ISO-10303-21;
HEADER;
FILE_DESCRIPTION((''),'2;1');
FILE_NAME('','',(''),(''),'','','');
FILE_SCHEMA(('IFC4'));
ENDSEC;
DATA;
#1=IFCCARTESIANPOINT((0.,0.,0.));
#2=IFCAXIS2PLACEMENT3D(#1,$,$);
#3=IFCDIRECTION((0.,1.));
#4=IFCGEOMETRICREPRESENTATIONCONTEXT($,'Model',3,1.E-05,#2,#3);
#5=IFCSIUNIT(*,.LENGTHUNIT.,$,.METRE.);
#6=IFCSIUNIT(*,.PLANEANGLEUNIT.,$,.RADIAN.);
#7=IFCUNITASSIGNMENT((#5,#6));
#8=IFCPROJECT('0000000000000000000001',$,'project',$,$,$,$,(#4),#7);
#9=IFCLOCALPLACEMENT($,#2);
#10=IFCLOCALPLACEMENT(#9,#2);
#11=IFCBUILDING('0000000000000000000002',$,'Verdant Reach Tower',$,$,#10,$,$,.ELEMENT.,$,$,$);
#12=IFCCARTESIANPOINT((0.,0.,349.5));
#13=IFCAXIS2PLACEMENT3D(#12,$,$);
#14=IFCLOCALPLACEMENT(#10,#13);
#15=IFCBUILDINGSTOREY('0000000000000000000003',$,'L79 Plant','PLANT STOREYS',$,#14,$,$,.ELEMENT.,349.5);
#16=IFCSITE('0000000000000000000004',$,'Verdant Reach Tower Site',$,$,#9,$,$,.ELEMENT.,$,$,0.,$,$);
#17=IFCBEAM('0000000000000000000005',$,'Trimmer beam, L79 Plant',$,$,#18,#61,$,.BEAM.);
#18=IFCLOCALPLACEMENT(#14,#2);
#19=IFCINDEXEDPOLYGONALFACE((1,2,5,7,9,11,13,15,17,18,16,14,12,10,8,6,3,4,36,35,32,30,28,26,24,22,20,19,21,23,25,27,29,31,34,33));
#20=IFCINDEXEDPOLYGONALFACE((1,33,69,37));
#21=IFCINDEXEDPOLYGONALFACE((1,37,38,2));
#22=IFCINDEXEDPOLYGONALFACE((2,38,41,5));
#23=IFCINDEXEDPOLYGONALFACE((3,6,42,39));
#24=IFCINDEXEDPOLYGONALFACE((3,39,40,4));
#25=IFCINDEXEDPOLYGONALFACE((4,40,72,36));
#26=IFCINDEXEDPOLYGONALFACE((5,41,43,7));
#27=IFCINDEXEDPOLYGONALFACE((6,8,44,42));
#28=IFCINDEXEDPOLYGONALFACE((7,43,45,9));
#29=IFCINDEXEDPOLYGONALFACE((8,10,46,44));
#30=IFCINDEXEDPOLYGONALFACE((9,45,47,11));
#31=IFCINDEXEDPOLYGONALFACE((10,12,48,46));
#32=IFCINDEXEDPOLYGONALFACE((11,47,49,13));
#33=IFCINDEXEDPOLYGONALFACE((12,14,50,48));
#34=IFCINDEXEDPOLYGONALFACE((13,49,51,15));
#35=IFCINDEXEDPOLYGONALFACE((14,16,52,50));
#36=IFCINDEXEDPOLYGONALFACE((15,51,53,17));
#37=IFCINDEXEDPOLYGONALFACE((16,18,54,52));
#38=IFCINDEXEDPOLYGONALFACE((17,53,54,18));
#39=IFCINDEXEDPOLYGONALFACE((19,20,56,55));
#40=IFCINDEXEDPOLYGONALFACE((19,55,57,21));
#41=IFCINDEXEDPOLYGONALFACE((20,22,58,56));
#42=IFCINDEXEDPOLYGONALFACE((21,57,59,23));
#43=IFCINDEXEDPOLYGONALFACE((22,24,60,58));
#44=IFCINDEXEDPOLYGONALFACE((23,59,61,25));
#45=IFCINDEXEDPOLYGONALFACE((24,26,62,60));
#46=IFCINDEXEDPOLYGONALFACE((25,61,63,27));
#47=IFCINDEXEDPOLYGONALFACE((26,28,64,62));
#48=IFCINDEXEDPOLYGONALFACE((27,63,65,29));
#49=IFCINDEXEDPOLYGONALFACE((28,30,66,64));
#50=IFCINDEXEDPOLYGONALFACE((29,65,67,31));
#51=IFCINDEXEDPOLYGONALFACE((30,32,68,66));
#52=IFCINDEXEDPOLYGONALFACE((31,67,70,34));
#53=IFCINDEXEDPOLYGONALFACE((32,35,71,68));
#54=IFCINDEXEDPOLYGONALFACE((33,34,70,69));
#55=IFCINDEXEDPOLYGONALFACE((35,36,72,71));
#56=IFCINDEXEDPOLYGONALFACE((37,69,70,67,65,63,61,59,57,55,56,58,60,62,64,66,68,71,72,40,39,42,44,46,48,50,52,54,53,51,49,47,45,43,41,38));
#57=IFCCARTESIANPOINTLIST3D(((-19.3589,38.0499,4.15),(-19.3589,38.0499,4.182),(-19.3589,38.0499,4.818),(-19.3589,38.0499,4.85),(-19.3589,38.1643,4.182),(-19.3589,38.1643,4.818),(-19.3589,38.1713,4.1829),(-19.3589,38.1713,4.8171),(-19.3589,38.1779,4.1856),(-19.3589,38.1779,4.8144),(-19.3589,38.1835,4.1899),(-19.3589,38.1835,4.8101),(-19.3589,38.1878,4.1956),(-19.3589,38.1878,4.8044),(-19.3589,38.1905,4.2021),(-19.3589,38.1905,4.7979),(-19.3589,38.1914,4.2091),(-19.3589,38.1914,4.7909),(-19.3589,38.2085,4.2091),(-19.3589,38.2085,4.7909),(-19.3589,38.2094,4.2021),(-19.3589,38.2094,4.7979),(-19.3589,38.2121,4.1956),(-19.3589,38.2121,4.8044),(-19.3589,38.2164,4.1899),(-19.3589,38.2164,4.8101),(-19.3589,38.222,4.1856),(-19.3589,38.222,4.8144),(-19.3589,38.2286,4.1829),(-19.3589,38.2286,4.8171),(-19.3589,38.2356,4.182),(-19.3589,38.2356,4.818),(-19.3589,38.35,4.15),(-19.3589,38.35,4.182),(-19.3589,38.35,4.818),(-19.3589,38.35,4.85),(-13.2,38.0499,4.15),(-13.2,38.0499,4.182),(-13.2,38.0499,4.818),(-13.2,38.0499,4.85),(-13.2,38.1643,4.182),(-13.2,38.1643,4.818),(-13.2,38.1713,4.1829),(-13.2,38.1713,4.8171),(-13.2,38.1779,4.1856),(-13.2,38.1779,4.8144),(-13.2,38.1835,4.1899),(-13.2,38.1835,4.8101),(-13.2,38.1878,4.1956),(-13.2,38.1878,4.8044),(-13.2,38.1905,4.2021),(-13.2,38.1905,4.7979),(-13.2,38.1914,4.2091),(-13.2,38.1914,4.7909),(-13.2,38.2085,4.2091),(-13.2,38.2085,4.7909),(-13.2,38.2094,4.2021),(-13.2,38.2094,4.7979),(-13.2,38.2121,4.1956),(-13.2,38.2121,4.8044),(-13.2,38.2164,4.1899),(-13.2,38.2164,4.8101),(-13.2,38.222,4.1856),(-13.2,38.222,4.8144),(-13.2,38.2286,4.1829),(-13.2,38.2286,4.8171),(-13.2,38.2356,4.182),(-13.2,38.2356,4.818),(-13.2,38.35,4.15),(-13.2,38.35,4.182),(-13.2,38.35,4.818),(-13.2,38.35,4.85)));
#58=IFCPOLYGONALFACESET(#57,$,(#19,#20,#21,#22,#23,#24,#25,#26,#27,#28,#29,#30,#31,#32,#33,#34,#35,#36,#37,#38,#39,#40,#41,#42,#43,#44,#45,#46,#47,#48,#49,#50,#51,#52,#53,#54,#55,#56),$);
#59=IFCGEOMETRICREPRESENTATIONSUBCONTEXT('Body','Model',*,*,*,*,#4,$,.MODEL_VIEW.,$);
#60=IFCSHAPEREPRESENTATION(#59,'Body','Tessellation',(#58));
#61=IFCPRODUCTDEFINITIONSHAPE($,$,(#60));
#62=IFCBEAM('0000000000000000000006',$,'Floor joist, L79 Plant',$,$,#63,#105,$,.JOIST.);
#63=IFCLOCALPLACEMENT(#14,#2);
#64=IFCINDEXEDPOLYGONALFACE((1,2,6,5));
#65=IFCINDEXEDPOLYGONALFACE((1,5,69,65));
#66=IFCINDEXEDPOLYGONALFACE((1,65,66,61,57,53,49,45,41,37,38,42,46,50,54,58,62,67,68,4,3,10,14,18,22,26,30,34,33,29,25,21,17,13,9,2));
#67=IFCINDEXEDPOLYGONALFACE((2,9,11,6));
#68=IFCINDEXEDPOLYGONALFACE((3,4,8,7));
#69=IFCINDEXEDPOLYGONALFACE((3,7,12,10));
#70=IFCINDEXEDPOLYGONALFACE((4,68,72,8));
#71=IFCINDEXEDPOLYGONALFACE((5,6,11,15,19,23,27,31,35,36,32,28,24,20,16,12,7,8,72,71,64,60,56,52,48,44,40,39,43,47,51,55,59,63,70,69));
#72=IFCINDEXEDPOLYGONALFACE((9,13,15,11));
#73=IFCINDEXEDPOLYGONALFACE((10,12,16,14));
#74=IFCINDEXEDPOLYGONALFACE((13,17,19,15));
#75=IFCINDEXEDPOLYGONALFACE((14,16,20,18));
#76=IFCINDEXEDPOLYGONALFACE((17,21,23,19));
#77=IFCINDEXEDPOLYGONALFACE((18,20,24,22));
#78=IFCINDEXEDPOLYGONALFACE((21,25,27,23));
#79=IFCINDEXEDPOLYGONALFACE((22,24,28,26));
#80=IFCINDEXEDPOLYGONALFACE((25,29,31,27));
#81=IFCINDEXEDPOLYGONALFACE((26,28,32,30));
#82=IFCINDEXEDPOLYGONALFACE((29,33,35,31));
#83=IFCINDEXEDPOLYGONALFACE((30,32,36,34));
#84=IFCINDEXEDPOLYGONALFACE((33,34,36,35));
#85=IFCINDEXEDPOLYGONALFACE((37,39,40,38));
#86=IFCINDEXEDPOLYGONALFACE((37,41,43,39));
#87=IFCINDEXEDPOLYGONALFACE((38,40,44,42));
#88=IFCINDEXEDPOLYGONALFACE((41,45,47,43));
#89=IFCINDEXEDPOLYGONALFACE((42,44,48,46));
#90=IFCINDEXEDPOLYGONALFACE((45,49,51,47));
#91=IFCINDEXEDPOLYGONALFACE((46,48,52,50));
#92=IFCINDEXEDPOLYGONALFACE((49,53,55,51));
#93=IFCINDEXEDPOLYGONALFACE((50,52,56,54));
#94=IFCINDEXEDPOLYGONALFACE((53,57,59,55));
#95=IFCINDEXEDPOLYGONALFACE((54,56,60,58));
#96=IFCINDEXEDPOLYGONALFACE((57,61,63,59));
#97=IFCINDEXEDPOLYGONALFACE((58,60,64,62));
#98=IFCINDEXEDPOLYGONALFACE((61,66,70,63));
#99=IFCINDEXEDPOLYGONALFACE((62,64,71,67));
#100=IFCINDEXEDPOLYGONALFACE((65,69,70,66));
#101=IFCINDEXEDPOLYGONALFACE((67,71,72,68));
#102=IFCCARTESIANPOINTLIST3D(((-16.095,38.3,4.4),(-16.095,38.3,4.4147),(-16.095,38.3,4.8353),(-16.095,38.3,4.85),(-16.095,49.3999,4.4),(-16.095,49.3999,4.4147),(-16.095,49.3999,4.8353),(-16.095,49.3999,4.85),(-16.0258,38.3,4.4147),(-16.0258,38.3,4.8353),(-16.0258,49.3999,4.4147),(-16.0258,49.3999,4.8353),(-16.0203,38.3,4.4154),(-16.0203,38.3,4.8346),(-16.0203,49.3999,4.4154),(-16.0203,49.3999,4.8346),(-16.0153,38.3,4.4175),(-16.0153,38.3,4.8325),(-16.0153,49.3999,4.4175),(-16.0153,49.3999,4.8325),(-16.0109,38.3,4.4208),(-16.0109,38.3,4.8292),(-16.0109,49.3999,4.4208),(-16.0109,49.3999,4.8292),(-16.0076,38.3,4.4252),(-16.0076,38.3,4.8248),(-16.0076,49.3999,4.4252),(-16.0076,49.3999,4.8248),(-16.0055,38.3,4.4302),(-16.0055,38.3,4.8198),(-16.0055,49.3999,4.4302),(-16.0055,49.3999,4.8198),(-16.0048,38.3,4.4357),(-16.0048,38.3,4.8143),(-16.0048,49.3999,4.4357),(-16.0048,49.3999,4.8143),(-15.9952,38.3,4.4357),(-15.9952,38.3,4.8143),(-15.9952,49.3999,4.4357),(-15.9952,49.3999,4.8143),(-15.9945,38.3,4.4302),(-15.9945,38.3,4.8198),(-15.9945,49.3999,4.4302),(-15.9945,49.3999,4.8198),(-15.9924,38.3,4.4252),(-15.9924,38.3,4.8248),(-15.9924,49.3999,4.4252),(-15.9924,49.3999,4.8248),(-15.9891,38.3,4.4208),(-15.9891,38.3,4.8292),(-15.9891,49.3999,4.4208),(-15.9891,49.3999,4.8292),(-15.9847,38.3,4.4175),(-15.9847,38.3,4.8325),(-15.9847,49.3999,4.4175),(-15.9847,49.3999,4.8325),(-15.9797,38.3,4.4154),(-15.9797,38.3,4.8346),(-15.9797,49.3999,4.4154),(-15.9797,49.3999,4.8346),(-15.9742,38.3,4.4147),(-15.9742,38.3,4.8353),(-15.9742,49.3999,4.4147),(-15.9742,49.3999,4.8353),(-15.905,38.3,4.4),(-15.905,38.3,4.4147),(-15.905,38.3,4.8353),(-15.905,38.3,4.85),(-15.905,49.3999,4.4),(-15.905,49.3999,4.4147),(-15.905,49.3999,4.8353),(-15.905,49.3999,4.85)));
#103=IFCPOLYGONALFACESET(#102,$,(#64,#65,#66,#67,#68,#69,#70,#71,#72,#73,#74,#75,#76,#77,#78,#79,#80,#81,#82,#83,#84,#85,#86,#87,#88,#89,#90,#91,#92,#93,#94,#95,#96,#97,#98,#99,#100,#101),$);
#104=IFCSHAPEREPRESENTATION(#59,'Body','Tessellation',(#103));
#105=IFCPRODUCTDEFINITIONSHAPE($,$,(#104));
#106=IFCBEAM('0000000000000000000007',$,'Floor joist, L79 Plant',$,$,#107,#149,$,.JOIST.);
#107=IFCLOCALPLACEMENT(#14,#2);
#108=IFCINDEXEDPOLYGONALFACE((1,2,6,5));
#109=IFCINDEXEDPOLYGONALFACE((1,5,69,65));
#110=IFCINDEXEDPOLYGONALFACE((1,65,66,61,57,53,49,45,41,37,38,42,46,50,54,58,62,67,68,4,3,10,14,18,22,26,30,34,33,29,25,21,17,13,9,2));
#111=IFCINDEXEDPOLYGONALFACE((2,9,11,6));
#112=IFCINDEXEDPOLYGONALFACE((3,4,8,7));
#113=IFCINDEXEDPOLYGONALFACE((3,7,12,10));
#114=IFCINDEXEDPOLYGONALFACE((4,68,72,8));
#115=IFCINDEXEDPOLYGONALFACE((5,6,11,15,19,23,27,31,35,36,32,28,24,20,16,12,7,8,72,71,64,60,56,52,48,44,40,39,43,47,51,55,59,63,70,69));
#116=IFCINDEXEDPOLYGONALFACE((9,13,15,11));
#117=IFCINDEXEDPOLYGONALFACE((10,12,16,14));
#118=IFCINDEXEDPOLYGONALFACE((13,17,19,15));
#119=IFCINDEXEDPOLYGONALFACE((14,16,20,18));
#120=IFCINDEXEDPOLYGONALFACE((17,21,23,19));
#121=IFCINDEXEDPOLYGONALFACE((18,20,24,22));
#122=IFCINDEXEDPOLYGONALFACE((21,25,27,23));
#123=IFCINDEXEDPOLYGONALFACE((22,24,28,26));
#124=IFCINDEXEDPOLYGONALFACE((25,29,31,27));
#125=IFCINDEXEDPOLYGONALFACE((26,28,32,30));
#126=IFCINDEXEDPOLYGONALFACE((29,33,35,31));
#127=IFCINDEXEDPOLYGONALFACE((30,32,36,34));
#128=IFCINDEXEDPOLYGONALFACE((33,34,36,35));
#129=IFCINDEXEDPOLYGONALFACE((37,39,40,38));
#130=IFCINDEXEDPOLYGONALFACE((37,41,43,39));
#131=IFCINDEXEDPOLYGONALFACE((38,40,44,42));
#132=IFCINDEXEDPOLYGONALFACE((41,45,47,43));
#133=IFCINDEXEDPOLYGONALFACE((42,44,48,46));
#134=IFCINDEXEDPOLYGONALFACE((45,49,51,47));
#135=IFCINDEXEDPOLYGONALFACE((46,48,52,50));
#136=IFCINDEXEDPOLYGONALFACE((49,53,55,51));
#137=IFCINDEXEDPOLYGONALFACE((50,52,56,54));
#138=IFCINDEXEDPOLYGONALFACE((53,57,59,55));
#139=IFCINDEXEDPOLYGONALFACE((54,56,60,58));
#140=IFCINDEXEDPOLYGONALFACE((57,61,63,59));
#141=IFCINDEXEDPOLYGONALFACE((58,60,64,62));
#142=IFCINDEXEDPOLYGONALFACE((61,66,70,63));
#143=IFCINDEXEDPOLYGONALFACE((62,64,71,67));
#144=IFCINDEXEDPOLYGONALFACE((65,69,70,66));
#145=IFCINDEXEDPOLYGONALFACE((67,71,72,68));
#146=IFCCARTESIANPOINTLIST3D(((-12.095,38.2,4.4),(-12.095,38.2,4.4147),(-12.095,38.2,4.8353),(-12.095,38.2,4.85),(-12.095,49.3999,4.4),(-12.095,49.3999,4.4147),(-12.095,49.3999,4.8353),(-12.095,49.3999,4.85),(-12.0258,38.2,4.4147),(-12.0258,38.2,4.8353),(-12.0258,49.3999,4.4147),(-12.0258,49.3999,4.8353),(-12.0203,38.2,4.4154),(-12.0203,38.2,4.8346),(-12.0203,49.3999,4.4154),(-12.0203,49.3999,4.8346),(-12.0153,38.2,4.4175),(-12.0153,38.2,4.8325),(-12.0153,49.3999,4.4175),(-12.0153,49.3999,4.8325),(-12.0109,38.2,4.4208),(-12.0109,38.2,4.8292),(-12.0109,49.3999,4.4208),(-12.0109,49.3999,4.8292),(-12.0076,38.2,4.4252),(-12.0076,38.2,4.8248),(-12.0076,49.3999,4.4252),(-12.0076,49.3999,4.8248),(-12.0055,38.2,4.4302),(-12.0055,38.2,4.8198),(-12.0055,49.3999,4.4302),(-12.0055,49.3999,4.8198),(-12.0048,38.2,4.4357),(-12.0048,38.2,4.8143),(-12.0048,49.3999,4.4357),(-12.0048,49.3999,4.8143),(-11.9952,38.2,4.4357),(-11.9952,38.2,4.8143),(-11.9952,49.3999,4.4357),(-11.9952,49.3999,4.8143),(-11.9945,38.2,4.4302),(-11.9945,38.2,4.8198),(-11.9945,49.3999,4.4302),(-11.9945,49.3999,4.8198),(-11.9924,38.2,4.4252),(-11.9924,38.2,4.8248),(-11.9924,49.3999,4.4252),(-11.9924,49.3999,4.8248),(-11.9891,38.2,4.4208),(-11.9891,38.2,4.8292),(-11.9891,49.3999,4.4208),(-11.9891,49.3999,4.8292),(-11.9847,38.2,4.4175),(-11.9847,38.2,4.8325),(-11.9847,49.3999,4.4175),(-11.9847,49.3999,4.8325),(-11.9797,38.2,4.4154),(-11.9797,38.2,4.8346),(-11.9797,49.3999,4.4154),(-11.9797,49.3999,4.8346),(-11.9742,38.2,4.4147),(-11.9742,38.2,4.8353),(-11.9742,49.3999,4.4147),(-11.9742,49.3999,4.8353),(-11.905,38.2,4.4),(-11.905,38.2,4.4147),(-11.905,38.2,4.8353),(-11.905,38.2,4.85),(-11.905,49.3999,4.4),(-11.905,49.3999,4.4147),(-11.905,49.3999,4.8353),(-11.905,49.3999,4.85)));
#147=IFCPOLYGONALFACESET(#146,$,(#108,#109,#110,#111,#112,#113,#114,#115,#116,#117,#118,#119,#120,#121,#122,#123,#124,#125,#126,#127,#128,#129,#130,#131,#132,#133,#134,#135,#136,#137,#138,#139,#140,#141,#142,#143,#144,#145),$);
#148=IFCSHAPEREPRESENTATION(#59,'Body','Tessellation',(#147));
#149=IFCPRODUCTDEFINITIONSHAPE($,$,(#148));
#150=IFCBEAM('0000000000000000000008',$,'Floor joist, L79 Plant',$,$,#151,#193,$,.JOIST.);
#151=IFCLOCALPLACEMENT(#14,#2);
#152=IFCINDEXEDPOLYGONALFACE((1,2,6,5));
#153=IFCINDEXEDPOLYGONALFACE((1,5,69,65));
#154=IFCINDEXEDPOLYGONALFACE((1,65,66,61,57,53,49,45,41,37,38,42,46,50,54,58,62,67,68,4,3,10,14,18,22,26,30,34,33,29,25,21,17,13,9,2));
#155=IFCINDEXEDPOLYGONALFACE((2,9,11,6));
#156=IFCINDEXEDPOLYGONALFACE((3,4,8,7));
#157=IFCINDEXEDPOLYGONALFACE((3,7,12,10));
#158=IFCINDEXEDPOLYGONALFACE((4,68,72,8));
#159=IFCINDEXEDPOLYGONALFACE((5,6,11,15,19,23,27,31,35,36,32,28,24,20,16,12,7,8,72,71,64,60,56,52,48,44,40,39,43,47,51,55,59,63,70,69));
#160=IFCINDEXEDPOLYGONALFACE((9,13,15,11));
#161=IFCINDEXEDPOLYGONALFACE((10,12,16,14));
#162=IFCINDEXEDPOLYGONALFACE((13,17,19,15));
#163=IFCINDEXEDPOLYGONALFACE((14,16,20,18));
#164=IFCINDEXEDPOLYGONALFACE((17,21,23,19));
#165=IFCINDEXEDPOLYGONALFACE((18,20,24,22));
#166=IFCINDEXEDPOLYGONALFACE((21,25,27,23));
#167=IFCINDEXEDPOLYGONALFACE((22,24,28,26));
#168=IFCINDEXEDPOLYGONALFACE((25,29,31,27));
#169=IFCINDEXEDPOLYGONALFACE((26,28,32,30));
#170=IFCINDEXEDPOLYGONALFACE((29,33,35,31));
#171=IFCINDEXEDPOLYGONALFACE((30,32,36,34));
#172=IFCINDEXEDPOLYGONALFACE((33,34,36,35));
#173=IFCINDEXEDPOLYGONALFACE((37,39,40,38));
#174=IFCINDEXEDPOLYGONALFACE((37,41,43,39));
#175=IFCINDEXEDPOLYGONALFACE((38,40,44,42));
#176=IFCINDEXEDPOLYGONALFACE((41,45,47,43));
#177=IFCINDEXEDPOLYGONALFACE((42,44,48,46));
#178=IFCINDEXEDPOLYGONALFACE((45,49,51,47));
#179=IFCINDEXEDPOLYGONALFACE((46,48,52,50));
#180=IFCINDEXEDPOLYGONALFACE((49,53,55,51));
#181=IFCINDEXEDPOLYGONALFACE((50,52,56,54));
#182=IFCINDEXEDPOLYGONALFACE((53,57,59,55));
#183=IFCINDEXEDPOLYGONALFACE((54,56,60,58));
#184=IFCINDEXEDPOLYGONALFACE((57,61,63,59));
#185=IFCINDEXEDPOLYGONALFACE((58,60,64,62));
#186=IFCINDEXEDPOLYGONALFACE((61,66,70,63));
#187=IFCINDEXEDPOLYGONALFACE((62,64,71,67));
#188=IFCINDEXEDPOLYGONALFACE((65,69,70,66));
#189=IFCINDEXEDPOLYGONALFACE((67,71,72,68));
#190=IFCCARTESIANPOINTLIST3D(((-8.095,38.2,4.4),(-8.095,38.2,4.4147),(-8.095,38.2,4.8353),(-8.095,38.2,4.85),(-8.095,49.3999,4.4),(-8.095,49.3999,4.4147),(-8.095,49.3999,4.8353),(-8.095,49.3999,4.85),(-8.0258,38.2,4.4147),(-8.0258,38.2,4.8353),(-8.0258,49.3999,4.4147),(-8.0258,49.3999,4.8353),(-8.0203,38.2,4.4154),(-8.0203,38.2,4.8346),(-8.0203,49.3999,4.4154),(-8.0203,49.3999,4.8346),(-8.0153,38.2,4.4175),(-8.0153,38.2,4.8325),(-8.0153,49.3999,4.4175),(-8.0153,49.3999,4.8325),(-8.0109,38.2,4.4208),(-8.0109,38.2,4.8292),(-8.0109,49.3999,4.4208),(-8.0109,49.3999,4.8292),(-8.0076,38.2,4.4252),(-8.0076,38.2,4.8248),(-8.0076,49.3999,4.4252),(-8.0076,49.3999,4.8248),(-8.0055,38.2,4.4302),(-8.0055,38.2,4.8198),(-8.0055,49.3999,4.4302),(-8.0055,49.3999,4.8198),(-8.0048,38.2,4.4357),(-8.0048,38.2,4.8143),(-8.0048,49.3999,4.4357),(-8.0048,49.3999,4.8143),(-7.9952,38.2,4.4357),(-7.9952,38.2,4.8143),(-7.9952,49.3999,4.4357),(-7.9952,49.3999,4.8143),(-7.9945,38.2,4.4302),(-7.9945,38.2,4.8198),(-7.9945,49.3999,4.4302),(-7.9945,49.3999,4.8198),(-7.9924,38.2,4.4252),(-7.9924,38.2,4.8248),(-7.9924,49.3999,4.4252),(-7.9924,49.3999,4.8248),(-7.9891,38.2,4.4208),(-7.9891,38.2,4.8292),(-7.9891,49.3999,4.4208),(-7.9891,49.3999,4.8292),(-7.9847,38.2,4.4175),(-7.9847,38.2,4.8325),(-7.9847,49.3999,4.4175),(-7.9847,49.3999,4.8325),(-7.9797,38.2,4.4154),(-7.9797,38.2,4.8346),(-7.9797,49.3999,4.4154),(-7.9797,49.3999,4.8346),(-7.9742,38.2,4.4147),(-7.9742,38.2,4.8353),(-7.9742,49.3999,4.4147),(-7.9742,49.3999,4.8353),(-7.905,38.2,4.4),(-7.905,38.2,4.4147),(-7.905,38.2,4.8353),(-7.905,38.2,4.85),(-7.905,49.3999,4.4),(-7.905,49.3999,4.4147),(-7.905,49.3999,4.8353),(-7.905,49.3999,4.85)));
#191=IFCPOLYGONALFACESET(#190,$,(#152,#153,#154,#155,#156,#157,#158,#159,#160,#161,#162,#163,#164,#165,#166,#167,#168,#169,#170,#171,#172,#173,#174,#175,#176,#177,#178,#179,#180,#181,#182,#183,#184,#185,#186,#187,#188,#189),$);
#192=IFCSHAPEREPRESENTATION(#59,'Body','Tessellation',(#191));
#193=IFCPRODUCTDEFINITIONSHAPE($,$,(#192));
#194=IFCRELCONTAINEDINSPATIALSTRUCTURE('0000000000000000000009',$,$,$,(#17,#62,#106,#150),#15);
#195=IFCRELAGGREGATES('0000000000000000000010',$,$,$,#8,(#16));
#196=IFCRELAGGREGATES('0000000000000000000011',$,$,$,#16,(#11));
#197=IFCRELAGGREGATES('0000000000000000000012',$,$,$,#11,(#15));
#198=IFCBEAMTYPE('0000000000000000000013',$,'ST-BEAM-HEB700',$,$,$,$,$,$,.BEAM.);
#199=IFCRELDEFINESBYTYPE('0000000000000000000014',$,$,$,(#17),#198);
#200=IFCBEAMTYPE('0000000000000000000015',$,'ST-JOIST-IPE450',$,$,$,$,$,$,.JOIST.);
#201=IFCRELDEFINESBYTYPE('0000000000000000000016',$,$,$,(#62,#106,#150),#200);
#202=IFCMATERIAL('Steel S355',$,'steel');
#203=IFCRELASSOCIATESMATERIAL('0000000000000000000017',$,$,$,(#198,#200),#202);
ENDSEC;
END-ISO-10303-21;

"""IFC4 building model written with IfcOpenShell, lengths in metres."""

from ifc_helpers import new_model, si_unit, direction, frame, origin, origin_2d, place, context, subcontext, project, spatial, i_section, extrude, material, material_profile, profile_set, type_object, element, save


model = new_model("IFC4")

# Units and contexts
model_context = context("Model", 3, precision=1e-05, world=origin(), true_north=direction((0.0, 1.0)))
body_context = subcontext(model_context, "Body", "Model", "MODEL_VIEW")
ifc_project = project(units=[si_unit("LENGTHUNIT", "METRE"), si_unit("PLANEANGLEUNIT", "RADIAN")], contexts=[model_context])

# Site, building, storey
site_placement = place(None, origin())
site = spatial("IfcSite", under=ifc_project, at=site_placement, Name="Verdant Reach Tower Site", CompositionType="ELEMENT", RefElevation=0.0)
building_placement = place(site_placement, origin())
building = spatial("IfcBuilding", under=site, at=building_placement, Name="Verdant Reach Tower", CompositionType="ELEMENT")
storey_placement = place(building_placement, frame((0.0, 0.0, 349.5)))
storey = spatial("IfcBuildingStorey", under=building, at=storey_placement, Name="L79 Plant", Description="PLANT STOREYS", CompositionType="ELEMENT", Elevation=349.5)

# Beams
ifc_material_1 = material(Name="Steel S355", Category="steel")
ifc_material_profile_1 = material_profile(ifc_material_1, i_section(OverallWidth=0.3, OverallDepth=0.7, WebThickness=0.0171, FlangeThickness=0.032, FilletRadius=0.0271, at=origin_2d()), Name="HEB 700")
ifc_profile_set_1 = profile_set([ifc_material_profile_1], Name="Steel S355")
beam_type_1 = type_object("IfcBeamType", Name="ST-BEAM-HEB700", PredefinedType="BEAM", material=ifc_profile_set_1)
beam_1_placement = place(storey_placement, frame((-13.2, 38.2, 4.5), z_axis=(-1.0, 0.0, 0.0), x_axis=(0.0, -1.0, 0.0)))
element("IfcBeam", 1, at=beam_1_placement, inside=storey, type_object=beam_type_1, Name="Trimmer beam, L79 Plant", PredefinedType="BEAM", context=body_context, shape_type="SweptSolid", body=[
    extrude(i_section(OverallWidth=0.3, OverallDepth=0.7, WebThickness=0.0171, FlangeThickness=0.032, FilletRadius=0.0271, at=origin_2d()), origin(), (0.0, 0.0, 1.0), 6.1589),
])
ifc_material_profile_2 = material_profile(ifc_material_1, i_section(OverallWidth=0.1899, OverallDepth=0.45, WebThickness=0.0095, FlangeThickness=0.0146, FilletRadius=0.021, at=origin_2d()), Name="IPE 450")
ifc_profile_set_2 = profile_set([ifc_material_profile_2], Name="Steel S355")
beam_type_2 = type_object("IfcBeamType", Name="ST-JOIST-IPE450", PredefinedType="JOIST", material=ifc_profile_set_2)
beam_2_placement = place(storey_placement, frame((-16.0, 38.3, 4.625), z_axis=(0.0, 1.0, 0.0), x_axis=(-1.0, 0.0, 0.0)))
element("IfcBeam", 2, at=beam_2_placement, inside=storey, type_object=beam_type_2, Name="Floor joist, L79 Plant", PredefinedType="JOIST", context=body_context, shape_type="SweptSolid", body=[
    extrude(i_section(OverallWidth=0.1899, OverallDepth=0.45, WebThickness=0.0095, FlangeThickness=0.0146, FilletRadius=0.021, at=origin_2d()), origin(), (0.0, 0.0, 1.0), 11.0999),
])
for number, where, z_axis, x_axis, name in (
    (3, (-12.0, 38.2, 4.625), (0.0, 1.0, 0.0), (-1.0, 0.0, 0.0), "Floor joist, L79 Plant"),
    (4, (-8.0, 38.2, 4.625), (0.0, 1.0, 0.0), (-1.0, 0.0, 0.0), "Floor joist, L79 Plant"),
):
    element("IfcBeam", number, at=place(storey_placement, frame(where, z_axis=z_axis, x_axis=x_axis)), inside=storey, type_object=beam_type_2, Name=name, PredefinedType="JOIST", context=body_context, shape_type="SweptSolid", body=[
        extrude(i_section(OverallWidth=0.1899, OverallDepth=0.45, WebThickness=0.0095, FlangeThickness=0.0146, FilletRadius=0.021, at=origin_2d()), origin(), (0.0, 0.0, 1.0), 11.2),
    ])

save(model, "model.ifc")
